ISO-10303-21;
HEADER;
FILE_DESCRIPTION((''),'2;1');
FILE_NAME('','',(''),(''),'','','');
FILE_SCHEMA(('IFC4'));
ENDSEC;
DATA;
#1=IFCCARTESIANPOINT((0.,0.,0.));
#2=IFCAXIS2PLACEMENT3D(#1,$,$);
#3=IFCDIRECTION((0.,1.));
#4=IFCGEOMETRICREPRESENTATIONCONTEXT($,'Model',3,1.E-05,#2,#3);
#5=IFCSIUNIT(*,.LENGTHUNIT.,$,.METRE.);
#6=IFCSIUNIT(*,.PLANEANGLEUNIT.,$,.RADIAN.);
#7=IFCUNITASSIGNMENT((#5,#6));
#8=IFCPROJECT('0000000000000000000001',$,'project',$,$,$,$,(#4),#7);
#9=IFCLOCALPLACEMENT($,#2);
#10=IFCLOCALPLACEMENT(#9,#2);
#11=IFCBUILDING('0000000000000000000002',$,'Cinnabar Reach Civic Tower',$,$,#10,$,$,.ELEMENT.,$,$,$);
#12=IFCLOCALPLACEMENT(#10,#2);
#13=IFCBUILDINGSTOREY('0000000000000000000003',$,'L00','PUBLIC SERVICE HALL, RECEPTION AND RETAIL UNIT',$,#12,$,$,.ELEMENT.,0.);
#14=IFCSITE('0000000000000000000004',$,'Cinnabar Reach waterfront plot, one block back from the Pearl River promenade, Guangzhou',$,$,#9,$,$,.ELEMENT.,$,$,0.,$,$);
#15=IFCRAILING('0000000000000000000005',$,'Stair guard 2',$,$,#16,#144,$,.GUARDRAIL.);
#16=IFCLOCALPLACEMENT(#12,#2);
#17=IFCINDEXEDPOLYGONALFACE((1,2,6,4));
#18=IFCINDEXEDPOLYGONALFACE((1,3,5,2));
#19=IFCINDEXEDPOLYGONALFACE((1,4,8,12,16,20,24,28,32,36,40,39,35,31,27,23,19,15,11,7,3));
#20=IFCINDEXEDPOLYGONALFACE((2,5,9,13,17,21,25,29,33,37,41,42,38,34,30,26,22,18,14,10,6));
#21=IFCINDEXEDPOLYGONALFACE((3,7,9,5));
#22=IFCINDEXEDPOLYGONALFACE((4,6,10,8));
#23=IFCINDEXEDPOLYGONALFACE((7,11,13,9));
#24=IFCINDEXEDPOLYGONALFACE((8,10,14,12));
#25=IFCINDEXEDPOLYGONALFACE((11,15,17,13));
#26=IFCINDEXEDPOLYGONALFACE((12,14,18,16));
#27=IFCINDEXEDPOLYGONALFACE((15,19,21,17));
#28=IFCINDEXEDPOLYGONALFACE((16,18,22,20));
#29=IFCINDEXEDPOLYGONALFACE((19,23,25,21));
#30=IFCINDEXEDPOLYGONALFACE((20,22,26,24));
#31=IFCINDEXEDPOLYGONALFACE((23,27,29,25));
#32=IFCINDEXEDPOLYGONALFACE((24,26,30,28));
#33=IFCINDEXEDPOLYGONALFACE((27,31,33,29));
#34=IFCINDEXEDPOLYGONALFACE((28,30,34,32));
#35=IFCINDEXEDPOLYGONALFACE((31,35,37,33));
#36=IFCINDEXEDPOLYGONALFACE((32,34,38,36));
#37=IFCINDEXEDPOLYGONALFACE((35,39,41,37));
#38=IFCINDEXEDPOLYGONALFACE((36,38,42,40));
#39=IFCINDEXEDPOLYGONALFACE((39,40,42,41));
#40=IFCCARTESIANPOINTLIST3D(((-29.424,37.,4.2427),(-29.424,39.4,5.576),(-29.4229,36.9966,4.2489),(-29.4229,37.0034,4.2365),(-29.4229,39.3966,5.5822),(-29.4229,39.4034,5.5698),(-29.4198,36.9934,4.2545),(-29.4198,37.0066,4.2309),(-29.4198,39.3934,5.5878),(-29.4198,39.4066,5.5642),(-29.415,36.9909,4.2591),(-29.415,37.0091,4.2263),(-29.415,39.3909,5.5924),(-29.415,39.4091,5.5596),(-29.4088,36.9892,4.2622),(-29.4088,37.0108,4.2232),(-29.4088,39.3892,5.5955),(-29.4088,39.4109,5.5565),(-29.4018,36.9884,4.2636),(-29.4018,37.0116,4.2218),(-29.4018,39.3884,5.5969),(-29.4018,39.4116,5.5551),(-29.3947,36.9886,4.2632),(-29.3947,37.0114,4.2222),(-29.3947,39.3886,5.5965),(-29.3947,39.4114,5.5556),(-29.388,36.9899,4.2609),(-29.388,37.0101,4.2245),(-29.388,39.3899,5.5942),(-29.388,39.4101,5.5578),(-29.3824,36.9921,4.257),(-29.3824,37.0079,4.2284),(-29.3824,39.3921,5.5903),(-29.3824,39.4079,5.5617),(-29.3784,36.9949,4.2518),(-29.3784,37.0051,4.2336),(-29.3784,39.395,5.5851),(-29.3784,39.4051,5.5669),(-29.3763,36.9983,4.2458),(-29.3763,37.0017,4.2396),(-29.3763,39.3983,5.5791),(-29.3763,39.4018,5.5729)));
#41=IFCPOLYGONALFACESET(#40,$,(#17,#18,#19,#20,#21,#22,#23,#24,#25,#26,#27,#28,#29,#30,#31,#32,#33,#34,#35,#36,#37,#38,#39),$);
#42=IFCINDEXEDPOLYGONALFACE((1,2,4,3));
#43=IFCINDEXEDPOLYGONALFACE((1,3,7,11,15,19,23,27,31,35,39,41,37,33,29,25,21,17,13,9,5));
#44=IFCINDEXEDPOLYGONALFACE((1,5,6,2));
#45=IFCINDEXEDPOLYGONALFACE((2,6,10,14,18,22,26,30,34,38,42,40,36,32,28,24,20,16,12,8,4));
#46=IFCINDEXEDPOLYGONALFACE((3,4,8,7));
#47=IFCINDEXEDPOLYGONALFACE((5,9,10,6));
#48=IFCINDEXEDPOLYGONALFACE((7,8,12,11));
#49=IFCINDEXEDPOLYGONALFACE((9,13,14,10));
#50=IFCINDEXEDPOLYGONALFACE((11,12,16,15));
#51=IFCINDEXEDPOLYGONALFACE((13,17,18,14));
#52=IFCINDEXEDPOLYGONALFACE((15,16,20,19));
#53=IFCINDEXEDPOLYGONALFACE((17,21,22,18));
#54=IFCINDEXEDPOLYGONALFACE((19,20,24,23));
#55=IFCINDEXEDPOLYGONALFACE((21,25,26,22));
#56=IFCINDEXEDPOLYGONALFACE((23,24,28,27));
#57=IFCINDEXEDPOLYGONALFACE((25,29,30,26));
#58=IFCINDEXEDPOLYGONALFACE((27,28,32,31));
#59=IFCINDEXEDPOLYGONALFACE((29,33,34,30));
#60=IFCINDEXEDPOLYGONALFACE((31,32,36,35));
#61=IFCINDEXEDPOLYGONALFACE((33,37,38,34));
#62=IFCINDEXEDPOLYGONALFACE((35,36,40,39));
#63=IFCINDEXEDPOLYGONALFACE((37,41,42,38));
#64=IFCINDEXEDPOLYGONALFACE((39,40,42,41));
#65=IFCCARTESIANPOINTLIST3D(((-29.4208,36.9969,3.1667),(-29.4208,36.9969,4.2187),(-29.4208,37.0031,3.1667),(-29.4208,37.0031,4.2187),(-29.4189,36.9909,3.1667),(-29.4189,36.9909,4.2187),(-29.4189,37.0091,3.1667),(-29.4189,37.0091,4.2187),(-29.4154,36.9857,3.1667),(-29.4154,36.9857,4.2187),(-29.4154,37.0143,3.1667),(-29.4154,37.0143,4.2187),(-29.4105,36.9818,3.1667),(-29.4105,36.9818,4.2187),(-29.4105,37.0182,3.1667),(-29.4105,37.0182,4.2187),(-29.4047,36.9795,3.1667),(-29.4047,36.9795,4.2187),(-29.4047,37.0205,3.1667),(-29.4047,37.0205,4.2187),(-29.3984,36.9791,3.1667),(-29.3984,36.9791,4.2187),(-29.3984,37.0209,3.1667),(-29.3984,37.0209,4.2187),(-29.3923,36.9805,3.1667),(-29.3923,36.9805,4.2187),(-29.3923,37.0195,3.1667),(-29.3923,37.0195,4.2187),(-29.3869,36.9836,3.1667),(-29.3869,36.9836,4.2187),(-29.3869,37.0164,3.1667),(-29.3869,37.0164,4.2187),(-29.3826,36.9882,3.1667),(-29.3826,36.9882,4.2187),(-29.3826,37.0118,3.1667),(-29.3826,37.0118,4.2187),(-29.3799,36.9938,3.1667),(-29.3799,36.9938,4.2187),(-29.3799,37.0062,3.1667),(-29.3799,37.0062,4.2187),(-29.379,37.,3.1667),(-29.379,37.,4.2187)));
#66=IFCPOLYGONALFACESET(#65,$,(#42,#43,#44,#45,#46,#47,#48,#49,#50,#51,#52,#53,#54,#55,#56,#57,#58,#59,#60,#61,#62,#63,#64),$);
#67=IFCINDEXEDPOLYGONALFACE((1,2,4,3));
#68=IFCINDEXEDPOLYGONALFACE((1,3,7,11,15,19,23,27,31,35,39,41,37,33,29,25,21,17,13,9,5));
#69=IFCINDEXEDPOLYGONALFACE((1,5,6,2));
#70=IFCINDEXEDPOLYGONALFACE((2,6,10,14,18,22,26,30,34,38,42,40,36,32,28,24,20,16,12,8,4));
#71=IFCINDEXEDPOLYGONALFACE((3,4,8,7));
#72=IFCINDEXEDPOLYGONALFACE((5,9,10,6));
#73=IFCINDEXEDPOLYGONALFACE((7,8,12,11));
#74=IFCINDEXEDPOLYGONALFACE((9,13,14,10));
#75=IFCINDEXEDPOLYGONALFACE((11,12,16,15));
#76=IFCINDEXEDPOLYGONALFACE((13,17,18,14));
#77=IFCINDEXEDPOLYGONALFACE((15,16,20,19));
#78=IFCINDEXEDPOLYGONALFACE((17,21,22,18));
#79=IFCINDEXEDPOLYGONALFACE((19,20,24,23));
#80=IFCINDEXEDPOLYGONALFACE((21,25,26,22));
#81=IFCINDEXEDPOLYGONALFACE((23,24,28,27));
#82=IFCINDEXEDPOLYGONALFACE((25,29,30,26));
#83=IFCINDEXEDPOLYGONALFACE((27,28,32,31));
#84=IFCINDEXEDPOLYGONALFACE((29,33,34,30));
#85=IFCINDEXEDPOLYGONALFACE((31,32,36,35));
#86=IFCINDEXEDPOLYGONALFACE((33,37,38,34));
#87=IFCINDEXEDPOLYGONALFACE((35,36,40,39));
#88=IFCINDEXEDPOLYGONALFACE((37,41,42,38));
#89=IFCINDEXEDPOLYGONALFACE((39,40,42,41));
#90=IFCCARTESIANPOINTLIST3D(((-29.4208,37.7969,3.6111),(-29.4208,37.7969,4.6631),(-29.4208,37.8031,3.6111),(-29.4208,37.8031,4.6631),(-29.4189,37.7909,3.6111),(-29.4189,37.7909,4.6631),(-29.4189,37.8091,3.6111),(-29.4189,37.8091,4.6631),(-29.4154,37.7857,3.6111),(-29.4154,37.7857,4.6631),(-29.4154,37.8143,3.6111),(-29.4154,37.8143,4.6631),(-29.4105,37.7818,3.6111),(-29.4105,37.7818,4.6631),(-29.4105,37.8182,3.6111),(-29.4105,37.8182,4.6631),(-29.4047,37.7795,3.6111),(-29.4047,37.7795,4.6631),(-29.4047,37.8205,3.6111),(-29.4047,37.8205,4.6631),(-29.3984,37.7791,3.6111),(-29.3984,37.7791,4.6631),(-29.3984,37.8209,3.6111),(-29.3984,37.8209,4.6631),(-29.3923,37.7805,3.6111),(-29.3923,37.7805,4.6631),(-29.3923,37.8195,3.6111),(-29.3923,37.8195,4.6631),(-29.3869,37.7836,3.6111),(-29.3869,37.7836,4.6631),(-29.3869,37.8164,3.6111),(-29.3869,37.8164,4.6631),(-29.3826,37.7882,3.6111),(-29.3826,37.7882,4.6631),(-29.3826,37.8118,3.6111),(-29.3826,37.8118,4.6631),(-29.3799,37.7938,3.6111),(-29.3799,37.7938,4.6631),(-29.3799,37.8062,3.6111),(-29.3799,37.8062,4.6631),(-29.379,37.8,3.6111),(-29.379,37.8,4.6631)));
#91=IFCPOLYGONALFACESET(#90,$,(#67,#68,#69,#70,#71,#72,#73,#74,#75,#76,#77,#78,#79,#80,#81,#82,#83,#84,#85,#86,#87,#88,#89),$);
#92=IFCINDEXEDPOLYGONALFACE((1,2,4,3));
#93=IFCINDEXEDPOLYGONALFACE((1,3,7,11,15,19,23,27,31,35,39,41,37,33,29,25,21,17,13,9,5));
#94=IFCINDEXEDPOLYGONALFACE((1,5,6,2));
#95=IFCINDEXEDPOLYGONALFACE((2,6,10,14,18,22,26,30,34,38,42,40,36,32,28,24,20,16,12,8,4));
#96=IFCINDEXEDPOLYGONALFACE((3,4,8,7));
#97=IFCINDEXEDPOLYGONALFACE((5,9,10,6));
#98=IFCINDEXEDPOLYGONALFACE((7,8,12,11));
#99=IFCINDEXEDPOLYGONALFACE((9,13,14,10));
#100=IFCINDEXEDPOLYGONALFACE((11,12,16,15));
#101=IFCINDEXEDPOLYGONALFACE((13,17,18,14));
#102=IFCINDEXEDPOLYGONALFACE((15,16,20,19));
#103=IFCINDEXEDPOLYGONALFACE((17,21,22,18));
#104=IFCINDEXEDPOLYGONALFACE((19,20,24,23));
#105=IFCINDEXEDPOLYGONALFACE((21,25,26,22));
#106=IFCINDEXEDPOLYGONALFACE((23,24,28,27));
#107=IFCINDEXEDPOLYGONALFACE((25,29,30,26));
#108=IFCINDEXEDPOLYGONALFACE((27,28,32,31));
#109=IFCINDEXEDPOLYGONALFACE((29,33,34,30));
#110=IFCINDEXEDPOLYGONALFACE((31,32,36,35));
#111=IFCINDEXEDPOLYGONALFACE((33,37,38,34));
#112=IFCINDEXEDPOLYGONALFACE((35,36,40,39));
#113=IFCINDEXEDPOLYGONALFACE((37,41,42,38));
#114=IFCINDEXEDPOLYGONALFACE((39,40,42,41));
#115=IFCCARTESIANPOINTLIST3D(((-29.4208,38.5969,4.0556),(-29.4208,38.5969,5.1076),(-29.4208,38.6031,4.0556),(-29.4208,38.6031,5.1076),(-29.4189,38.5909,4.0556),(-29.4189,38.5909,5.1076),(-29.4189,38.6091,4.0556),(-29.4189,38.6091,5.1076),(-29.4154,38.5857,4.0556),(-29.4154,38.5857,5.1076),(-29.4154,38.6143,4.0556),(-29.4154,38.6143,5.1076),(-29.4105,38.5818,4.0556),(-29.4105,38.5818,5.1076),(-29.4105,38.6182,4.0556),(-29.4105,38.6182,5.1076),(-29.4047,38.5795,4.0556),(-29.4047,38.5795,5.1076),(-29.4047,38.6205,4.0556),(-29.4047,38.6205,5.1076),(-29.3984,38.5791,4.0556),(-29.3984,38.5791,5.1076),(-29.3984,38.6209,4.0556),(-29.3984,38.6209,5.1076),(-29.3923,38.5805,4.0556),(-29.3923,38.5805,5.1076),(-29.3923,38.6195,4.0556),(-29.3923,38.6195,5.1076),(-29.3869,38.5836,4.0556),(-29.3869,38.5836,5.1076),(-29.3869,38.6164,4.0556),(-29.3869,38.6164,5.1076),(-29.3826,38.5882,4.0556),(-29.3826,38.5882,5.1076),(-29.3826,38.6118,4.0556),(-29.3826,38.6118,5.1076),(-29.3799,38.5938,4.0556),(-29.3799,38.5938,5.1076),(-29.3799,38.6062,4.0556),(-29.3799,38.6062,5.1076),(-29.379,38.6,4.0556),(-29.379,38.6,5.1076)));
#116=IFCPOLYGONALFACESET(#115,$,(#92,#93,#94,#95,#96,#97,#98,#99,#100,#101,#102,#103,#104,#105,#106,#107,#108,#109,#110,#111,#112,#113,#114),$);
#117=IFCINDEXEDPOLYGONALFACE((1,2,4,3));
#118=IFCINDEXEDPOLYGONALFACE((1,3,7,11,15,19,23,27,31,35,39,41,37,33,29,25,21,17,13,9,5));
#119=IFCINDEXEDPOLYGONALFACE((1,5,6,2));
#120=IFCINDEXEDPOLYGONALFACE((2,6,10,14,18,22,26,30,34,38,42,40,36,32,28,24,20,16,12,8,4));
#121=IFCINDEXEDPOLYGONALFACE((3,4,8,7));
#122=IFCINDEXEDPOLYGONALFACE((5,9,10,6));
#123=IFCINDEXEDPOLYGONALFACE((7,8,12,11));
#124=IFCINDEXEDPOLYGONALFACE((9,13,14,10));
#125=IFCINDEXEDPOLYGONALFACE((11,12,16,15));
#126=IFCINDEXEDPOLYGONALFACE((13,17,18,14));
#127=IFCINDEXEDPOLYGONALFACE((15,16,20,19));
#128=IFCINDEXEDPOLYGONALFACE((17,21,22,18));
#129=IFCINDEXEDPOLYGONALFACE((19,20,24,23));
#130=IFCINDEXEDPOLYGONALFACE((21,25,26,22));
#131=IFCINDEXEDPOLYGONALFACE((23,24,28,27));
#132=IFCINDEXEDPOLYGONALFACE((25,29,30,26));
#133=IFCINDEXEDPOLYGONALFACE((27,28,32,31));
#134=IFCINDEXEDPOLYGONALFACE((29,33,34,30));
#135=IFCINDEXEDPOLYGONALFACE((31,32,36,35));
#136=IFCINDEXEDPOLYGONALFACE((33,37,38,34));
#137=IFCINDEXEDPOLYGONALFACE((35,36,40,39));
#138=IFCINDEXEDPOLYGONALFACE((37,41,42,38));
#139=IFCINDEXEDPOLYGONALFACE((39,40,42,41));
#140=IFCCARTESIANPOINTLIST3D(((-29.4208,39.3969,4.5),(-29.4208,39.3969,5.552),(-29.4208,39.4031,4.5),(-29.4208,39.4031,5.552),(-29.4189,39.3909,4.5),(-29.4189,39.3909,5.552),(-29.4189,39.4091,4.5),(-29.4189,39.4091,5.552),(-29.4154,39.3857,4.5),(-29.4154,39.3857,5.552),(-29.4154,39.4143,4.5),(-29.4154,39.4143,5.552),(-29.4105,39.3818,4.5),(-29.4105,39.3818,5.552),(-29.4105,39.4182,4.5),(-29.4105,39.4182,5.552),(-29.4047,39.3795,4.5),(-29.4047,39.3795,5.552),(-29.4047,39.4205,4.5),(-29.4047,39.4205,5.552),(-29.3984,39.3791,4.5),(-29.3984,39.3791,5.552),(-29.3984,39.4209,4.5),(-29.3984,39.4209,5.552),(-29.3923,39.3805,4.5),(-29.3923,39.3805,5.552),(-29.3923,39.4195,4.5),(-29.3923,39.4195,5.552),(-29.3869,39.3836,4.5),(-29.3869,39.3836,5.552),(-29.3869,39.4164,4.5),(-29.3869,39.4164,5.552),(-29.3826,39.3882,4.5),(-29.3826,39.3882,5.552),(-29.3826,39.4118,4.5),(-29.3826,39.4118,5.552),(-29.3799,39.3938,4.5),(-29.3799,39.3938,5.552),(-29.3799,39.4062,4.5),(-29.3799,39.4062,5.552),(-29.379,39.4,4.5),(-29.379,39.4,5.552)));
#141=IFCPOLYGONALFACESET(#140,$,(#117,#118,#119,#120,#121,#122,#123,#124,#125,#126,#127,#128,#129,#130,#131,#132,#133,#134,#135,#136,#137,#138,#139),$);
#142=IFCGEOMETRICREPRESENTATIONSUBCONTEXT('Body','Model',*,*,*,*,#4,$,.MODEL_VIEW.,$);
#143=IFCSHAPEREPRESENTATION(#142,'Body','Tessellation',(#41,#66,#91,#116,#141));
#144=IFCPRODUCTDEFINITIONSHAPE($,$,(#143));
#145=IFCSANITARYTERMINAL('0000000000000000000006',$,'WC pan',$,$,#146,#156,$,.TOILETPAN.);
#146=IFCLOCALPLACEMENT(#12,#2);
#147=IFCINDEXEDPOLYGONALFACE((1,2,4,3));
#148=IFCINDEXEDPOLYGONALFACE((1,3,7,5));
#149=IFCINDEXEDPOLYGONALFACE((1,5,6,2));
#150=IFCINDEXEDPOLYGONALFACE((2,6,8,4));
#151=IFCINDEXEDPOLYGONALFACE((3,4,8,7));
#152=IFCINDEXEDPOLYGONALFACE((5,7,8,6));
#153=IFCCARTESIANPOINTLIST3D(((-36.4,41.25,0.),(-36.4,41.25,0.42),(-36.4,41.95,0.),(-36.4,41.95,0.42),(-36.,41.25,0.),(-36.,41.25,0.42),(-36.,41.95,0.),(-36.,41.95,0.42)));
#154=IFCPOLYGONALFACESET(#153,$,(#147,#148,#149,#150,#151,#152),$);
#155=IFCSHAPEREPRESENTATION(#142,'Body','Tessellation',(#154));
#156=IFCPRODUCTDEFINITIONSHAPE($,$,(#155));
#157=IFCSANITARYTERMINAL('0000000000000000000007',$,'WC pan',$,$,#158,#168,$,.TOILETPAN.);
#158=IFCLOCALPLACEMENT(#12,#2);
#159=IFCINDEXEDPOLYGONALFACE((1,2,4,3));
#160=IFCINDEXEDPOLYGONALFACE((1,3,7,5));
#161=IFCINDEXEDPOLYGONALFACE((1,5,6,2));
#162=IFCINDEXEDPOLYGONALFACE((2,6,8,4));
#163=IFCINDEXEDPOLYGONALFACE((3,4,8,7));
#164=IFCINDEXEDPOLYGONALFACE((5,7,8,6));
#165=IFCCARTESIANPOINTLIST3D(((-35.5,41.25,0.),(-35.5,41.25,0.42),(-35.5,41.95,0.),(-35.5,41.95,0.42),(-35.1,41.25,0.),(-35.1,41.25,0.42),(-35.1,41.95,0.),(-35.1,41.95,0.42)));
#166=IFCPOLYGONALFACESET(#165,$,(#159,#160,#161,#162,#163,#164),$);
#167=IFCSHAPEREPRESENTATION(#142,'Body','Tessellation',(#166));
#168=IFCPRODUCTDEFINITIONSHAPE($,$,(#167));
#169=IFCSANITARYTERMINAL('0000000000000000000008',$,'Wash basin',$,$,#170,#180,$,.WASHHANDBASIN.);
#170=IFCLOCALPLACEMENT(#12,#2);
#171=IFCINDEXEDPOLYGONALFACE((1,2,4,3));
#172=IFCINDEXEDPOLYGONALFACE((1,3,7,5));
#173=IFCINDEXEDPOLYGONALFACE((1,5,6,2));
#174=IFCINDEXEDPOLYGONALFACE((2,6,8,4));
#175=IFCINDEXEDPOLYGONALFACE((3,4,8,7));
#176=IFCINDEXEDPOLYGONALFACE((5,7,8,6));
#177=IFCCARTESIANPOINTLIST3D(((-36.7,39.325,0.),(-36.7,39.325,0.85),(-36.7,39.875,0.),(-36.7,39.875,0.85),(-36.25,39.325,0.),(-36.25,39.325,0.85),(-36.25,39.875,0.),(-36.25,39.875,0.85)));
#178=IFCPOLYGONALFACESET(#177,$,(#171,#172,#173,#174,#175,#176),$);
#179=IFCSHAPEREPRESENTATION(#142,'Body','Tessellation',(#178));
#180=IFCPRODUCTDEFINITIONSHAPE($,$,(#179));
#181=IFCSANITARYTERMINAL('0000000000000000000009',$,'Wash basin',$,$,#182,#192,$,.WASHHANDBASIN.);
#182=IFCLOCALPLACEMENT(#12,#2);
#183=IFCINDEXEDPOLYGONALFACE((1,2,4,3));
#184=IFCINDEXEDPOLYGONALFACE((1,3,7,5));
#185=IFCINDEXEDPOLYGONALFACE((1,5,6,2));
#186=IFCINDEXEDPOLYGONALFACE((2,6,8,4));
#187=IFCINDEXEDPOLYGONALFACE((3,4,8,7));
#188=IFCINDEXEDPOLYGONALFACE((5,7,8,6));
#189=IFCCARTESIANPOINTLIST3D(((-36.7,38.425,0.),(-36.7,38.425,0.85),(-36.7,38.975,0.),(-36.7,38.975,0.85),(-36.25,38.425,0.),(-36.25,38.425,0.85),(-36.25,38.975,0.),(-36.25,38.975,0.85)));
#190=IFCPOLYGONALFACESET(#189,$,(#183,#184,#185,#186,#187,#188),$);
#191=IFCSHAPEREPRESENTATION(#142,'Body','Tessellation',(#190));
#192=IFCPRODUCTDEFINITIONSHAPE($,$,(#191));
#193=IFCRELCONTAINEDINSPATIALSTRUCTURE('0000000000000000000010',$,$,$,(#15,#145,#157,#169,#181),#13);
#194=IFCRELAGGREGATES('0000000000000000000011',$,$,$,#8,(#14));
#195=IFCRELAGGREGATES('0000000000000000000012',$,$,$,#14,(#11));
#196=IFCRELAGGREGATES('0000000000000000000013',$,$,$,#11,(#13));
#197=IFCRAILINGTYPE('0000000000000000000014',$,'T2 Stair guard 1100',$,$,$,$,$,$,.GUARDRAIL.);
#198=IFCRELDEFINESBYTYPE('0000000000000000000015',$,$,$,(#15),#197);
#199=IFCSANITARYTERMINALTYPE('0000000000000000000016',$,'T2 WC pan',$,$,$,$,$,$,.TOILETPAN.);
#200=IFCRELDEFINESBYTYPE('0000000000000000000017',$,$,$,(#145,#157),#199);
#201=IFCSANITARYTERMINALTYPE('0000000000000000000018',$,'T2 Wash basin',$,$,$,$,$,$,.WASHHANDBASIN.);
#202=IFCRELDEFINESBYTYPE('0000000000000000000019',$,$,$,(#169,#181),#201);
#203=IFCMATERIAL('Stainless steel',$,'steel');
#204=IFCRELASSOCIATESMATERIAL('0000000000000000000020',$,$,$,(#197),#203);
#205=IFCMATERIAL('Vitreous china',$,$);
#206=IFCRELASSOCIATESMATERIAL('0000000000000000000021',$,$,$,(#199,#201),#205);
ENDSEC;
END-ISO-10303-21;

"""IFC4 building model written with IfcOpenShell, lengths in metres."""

from ifc_helpers import new_model, si_unit, direction, frame, origin, origin_2d, place, context, subcontext, project, spatial, rectangle, circle, extrude, material, type_object, element, save


model = new_model("IFC4")

# Units and contexts
model_context = context("Model", 3, precision=1e-05, world=origin(), true_north=direction((0.0, 1.0)))
body_context = subcontext(model_context, "Body", "Model", "MODEL_VIEW")
ifc_project = project(units=[si_unit("LENGTHUNIT", "METRE"), si_unit("PLANEANGLEUNIT", "RADIAN")], contexts=[model_context])

# Site, building, storey
site_placement = place(None, origin())
site = spatial("IfcSite", under=ifc_project, at=site_placement, Name="Cinnabar Reach waterfront plot, one block back from the Pearl River promenade, Guangzhou", CompositionType="ELEMENT", RefElevation=0.0)
building_placement = place(site_placement, origin())
building = spatial("IfcBuilding", under=site, at=building_placement, Name="Cinnabar Reach Civic Tower", CompositionType="ELEMENT")
storey_placement = place(building_placement, origin())
storey = spatial("IfcBuildingStorey", under=building, at=storey_placement, Name="L00", Description="PUBLIC SERVICE HALL, RECEPTION AND RETAIL UNIT", CompositionType="ELEMENT", Elevation=0.0)

# Railing
ifc_material_1 = material(Name="Stainless steel", Category="steel")
railing_type = type_object("IfcRailingType", Name="T2 Stair guard 1100", PredefinedType="GUARDRAIL", material=ifc_material_1)
railing_1_placement = place(storey_placement, frame((-29.4, 37.0, 3.1667)))
element("IfcRailing", 1, at=railing_1_placement, inside=storey, type_object=railing_type, Name="Stair guard 2", PredefinedType="GUARDRAIL", context=body_context, shape_type="SweptSolid", body=[
    extrude(circle(Radius=0.024, at=origin_2d()), frame((0.0, 0.0, 1.076), z_axis=(0.0, 0.874162, 0.485634), x_axis=(-1.0, 0.0, 0.0)), (0.0, 0.0, 1.0), 2.7455),
    extrude(circle(Radius=0.021, at=origin_2d()), origin(), (0.0, 0.0, 1.0), 1.052),
    extrude(circle(Radius=0.021, at=origin_2d()), frame((0.0, 0.8, 0.4444)), (0.0, 0.0, 1.0), 1.052),
    extrude(circle(Radius=0.021, at=origin_2d()), frame((0.0, 1.6, 0.8889)), (0.0, 0.0, 1.0), 1.052),
    extrude(circle(Radius=0.021, at=origin_2d()), frame((0.0, 2.4, 1.3333)), (0.0, 0.0, 1.0), 1.052),
])

# Sanitary terminals
ifc_material_2 = material(Name="Vitreous china")
sanitary_terminal_type_1 = type_object("IfcSanitaryTerminalType", Name="T2 WC pan", PredefinedType="TOILETPAN", material=ifc_material_2)
for number, where, z_axis, x_axis, name in (
    (2, (-36.2, 41.6, 0.0), (0.0, 0.0, 1.0), (1.0, 0.0, 0.0), "WC pan"),
    (3, (-35.3, 41.6, 0.0), (0.0, 0.0, 1.0), (1.0, 0.0, 0.0), "WC pan"),
):
    element("IfcSanitaryTerminal", number, at=place(storey_placement, frame(where, z_axis=z_axis, x_axis=x_axis)), inside=storey, type_object=sanitary_terminal_type_1, Name=name, PredefinedType="TOILETPAN", context=body_context, shape_type="SweptSolid", body=[
        extrude(rectangle(XDim=0.4, YDim=0.7, at=origin_2d()), origin(), (0.0, 0.0, 1.0), 0.42),
    ])
sanitary_terminal_type_2 = type_object("IfcSanitaryTerminalType", Name="T2 Wash basin", PredefinedType="WASHHANDBASIN", material=ifc_material_2)
for number, where, z_axis, x_axis, name in (
    (4, (-36.475, 39.6, 0.0), (0.0, 0.0, 1.0), (1.0, 0.0, 0.0), "Wash basin"),
    (5, (-36.475, 38.7, 0.0), (0.0, 0.0, 1.0), (1.0, 0.0, 0.0), "Wash basin"),
):
    element("IfcSanitaryTerminal", number, at=place(storey_placement, frame(where, z_axis=z_axis, x_axis=x_axis)), inside=storey, type_object=sanitary_terminal_type_2, Name=name, PredefinedType="WASHHANDBASIN", context=body_context, shape_type="SweptSolid", body=[
        extrude(rectangle(XDim=0.45, YDim=0.55, at=origin_2d()), origin(), (0.0, 0.0, 1.0), 0.85),
    ])

save(model, "model.ifc")
